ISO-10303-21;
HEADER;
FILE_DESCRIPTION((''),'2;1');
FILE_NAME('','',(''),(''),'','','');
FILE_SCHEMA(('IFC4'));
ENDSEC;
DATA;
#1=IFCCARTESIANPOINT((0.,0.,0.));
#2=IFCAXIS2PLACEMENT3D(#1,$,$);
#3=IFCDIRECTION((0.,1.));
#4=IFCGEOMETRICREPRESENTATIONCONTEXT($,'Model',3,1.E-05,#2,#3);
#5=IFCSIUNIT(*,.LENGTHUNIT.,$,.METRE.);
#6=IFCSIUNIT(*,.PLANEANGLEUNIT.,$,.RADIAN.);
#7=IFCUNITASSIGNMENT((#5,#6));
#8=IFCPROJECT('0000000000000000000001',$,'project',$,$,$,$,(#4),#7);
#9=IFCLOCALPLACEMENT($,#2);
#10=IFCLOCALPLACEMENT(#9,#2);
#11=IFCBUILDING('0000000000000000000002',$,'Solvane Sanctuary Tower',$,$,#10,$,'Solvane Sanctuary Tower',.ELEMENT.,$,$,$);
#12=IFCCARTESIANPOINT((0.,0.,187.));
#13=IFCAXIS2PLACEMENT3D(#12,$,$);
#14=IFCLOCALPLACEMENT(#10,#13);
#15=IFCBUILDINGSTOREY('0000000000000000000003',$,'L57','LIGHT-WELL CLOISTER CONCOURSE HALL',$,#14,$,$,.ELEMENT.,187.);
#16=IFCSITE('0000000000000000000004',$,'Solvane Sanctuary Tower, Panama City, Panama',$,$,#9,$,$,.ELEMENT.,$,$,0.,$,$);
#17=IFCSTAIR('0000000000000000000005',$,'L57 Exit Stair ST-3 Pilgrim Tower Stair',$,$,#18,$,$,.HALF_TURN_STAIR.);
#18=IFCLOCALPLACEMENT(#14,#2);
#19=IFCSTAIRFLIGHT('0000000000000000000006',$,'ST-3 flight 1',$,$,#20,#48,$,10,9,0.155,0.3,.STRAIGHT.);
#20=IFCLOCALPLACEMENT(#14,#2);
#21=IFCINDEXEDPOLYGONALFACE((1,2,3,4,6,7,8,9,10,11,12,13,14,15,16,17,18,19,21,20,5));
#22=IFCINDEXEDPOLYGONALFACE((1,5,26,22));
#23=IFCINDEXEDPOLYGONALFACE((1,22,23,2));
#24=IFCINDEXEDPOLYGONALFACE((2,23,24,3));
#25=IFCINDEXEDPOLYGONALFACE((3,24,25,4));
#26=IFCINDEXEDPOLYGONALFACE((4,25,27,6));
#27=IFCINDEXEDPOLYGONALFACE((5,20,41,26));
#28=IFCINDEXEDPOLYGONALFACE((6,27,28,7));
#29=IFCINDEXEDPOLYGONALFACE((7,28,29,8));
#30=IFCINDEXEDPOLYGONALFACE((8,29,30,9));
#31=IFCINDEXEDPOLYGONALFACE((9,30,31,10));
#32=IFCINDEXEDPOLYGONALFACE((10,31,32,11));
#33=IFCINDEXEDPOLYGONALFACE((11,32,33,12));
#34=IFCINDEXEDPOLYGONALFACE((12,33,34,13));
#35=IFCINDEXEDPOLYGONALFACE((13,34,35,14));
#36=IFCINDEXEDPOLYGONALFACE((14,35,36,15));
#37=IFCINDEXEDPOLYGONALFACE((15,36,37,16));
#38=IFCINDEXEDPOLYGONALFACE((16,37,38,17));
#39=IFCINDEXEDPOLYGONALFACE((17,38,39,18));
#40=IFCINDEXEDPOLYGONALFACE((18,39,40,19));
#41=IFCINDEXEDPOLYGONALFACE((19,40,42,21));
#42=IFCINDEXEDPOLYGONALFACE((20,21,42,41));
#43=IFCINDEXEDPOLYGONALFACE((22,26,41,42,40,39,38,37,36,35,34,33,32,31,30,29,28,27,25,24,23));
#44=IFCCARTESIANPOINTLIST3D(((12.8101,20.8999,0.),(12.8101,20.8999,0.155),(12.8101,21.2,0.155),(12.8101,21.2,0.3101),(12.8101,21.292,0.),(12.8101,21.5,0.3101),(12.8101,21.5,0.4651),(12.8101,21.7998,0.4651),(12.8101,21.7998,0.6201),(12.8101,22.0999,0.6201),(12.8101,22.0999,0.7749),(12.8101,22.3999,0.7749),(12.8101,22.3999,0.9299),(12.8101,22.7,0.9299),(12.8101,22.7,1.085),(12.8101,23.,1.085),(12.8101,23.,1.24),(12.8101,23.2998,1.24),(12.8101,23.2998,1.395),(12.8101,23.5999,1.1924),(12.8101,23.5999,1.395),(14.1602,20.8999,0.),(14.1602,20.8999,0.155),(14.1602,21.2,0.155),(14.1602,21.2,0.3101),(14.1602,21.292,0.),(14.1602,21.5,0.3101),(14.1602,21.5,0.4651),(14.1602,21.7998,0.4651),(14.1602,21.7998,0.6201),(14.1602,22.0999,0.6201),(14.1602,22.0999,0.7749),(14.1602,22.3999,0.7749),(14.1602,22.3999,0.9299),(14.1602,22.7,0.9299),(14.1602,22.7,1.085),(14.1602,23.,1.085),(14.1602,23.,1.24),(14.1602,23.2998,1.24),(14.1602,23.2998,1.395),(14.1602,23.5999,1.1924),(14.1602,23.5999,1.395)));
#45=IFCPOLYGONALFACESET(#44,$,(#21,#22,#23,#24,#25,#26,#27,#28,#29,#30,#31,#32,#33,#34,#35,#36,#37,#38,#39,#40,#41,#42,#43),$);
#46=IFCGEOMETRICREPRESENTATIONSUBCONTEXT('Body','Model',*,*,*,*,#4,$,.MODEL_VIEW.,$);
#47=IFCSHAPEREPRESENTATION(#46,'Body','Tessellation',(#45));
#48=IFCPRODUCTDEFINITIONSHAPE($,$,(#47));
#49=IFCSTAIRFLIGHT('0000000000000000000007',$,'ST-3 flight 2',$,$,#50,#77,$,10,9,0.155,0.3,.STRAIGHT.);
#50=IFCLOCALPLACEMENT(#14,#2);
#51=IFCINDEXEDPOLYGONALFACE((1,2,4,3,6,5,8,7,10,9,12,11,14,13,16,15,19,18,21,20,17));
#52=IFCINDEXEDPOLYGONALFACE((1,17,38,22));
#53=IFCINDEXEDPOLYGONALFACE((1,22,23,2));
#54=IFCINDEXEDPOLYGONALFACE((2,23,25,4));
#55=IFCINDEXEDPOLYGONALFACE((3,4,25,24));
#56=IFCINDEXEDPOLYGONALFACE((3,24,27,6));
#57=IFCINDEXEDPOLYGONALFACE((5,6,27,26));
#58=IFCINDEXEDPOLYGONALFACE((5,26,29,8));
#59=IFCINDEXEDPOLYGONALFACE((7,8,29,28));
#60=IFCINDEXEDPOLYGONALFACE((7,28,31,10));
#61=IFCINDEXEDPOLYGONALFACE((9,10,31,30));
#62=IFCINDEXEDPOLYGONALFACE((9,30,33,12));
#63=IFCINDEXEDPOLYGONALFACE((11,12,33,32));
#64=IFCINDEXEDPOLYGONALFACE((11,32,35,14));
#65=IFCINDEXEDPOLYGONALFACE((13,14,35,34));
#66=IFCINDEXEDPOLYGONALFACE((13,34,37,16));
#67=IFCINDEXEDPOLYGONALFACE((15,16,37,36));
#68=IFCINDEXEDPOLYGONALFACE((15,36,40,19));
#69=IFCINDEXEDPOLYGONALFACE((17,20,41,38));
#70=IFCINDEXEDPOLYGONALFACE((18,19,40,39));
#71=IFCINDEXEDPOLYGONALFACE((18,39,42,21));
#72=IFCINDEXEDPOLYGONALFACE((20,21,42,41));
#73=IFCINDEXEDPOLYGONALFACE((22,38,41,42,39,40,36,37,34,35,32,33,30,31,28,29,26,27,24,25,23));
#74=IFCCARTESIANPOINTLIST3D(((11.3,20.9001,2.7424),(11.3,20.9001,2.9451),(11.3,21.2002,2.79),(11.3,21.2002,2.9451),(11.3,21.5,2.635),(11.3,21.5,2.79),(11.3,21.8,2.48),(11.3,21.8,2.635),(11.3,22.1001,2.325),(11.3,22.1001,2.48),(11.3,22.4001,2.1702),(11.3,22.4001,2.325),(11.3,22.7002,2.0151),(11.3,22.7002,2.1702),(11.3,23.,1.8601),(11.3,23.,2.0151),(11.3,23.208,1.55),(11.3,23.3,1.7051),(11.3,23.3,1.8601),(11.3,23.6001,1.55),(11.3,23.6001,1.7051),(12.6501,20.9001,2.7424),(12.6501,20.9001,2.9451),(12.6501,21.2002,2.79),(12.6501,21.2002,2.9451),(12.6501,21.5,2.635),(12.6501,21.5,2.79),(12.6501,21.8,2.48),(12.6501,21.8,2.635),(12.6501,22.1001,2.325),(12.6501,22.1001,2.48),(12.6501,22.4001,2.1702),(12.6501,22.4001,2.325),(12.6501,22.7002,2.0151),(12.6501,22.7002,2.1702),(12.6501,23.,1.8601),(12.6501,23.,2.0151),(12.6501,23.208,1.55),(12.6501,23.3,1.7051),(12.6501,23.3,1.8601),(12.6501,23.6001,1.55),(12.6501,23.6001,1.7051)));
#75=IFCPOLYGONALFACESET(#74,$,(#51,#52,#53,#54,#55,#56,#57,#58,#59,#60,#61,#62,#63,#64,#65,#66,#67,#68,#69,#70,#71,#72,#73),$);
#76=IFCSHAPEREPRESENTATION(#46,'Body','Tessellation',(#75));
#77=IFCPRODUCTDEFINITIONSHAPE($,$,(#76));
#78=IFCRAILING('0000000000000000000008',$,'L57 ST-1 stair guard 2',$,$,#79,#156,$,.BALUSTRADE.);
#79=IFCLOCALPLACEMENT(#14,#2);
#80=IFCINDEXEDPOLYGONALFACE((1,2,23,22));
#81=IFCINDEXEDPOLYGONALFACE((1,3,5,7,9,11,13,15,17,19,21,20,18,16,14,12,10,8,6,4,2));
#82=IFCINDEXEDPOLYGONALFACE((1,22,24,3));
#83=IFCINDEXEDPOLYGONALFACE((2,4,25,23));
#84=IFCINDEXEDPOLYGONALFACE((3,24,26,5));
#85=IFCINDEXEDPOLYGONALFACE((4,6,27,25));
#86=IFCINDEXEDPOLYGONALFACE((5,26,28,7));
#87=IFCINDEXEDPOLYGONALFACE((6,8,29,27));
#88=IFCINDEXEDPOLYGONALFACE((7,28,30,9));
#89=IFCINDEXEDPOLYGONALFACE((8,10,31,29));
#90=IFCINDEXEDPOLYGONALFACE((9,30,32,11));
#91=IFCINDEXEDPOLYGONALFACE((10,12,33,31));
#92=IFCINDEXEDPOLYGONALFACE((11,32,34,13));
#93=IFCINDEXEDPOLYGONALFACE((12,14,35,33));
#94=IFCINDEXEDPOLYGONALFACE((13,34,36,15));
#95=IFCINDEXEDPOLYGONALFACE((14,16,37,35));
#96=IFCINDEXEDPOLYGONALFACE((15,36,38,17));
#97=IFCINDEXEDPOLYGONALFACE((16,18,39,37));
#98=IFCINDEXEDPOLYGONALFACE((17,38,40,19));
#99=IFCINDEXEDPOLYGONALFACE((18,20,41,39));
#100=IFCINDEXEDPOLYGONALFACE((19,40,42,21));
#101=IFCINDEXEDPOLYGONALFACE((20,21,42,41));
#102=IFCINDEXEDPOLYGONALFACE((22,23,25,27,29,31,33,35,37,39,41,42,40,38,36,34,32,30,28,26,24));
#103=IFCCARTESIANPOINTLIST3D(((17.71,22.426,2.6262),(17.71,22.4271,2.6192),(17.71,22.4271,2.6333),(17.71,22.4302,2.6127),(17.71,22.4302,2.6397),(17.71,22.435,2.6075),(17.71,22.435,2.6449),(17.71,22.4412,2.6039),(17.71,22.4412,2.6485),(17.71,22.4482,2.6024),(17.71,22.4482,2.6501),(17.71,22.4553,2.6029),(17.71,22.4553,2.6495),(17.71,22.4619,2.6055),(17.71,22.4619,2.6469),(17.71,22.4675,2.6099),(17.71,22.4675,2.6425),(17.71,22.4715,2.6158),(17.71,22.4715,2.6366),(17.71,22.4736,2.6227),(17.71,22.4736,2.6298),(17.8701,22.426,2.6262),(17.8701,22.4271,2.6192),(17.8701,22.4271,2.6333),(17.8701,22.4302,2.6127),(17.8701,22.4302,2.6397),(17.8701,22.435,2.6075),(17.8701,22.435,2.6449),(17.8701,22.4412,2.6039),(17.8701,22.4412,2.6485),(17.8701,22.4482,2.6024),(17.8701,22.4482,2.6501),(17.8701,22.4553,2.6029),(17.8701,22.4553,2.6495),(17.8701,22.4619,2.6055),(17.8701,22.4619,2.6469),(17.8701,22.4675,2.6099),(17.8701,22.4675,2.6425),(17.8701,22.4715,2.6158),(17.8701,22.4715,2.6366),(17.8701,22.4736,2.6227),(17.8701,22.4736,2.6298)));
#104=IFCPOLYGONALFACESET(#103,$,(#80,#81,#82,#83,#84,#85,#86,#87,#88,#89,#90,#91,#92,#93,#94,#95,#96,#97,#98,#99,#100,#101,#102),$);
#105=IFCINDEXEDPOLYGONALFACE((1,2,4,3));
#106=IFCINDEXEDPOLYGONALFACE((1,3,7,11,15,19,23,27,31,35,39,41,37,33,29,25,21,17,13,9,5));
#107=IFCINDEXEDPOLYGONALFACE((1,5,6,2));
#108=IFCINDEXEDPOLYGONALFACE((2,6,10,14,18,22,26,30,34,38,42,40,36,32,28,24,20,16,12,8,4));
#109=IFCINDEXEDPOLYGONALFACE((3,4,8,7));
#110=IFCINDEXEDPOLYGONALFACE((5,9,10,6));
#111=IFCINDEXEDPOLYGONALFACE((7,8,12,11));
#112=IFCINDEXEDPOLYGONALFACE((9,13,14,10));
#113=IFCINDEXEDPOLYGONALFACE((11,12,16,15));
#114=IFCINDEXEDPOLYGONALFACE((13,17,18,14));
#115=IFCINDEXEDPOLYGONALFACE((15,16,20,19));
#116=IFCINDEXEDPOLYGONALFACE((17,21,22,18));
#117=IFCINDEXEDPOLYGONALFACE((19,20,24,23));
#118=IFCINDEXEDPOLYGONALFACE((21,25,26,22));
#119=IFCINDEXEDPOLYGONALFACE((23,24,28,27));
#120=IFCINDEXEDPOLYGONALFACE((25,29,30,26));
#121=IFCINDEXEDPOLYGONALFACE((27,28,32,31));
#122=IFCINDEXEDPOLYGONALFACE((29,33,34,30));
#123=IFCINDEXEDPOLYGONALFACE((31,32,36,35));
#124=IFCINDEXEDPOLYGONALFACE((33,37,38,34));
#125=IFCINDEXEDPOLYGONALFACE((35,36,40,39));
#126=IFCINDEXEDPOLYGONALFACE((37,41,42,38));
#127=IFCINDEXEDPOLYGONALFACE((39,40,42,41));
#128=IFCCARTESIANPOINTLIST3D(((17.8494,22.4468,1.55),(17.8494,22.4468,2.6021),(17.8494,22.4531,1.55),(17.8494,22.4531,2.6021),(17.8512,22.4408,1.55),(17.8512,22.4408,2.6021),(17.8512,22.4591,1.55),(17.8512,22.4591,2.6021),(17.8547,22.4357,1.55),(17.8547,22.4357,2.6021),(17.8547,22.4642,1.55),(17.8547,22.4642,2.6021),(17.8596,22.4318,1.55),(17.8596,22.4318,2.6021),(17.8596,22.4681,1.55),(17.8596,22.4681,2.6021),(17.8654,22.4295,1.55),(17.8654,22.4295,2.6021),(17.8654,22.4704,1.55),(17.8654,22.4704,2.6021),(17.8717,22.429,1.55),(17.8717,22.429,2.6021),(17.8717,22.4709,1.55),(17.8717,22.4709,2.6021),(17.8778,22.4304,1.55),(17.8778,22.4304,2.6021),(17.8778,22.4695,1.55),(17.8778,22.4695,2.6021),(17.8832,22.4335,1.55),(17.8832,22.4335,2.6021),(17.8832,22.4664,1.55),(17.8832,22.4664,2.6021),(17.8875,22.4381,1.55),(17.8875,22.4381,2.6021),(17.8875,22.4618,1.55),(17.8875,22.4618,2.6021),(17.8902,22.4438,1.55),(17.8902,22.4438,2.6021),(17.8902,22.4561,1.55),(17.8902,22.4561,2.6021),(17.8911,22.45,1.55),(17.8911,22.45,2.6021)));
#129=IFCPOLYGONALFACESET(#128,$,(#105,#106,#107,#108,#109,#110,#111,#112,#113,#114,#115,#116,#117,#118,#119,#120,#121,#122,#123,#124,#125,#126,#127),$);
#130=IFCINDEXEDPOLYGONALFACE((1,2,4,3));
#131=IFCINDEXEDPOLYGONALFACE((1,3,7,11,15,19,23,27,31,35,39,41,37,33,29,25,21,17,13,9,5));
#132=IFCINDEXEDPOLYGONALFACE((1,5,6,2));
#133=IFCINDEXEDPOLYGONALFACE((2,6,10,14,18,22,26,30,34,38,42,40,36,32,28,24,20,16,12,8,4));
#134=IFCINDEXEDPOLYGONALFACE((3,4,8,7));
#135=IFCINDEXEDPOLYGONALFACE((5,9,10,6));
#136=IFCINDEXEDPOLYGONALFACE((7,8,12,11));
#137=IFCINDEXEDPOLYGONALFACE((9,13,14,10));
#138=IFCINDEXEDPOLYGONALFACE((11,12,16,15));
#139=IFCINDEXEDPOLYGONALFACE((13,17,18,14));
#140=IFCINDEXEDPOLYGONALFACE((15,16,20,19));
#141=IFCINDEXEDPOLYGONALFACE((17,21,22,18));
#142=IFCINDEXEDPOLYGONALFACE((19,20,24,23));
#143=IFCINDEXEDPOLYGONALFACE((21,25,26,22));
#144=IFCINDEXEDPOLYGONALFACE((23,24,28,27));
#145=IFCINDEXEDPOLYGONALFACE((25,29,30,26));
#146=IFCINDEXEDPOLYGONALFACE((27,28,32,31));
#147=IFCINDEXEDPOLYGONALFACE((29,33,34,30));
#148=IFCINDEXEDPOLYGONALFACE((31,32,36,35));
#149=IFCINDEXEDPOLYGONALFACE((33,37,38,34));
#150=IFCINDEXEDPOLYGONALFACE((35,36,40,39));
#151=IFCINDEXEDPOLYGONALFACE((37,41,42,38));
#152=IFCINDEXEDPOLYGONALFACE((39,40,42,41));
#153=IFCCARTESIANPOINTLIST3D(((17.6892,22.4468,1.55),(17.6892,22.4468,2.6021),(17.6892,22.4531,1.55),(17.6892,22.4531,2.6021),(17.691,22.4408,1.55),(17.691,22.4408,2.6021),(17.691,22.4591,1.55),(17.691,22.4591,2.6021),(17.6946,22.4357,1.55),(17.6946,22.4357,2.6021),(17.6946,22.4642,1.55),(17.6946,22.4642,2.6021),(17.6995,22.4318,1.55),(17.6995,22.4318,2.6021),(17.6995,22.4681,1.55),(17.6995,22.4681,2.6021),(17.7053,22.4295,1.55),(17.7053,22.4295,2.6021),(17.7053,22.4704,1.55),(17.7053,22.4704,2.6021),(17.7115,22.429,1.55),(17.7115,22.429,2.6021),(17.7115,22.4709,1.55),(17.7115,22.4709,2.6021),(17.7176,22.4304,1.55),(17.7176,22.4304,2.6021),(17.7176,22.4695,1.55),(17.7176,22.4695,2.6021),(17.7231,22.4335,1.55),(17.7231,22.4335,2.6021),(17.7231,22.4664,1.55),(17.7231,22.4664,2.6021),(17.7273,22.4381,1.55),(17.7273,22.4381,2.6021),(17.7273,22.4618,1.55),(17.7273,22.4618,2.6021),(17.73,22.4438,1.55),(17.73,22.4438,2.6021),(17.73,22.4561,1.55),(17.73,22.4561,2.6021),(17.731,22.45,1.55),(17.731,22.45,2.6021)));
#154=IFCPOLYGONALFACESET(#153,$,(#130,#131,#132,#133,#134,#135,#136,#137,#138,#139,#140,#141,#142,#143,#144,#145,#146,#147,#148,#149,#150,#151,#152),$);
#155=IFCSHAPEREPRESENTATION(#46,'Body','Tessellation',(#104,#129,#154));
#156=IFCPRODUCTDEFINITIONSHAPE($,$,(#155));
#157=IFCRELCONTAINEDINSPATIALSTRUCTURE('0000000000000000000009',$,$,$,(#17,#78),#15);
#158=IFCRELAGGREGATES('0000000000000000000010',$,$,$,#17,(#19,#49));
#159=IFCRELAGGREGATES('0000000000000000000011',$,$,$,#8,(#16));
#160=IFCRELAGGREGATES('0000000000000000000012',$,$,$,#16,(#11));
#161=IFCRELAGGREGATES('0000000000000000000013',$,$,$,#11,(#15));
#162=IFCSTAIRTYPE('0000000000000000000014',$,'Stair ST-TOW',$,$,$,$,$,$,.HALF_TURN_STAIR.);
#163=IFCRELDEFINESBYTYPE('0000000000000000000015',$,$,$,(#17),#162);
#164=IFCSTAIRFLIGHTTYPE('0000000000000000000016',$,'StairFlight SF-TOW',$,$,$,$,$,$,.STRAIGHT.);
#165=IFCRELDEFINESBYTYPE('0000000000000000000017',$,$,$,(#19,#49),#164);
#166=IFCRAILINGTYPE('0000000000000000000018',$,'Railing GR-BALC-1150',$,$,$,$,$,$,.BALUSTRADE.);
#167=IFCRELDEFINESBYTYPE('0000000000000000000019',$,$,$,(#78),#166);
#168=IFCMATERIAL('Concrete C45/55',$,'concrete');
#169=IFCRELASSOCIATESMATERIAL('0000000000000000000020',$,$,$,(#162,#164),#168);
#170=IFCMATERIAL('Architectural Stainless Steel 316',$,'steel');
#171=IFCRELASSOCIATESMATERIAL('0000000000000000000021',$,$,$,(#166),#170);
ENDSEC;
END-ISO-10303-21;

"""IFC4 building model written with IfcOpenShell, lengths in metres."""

from ifc_helpers import new_model, si_unit, direction, frame, origin, origin_2d, place, context, subcontext, project, spatial, polyline, circle, outline, extrude, material, type_object, element, aggregate, save


model = new_model("IFC4")

# Units and contexts
model_context = context("Model", 3, precision=1e-05, world=origin(), true_north=direction((0.0, 1.0)))
body_context = subcontext(model_context, "Body", "Model", "MODEL_VIEW")
ifc_project = project(units=[si_unit("LENGTHUNIT", "METRE"), si_unit("PLANEANGLEUNIT", "RADIAN")], contexts=[model_context])

# Site, building, storey
site_placement = place(None, origin())
site = spatial("IfcSite", under=ifc_project, at=site_placement, Name="Solvane Sanctuary Tower, Panama City, Panama", CompositionType="ELEMENT", RefElevation=0.0)
building_placement = place(site_placement, origin())
building = spatial("IfcBuilding", under=site, at=building_placement, Name="Solvane Sanctuary Tower", LongName="Solvane Sanctuary Tower", CompositionType="ELEMENT")
storey_placement = place(building_placement, frame((0.0, 0.0, 187.0)))
storey = spatial("IfcBuildingStorey", under=building, at=storey_placement, Name="L57", Description="LIGHT-WELL CLOISTER CONCOURSE HALL", CompositionType="ELEMENT", Elevation=187.0)

# Shared definitions
ifc_material_1 = material(Name="Concrete C45/55", Category="concrete")
stair_type = type_object("IfcStairType", Name="Stair ST-TOW", PredefinedType="HALF_TURN_STAIR", material=ifc_material_1)
stair_flight_type = type_object("IfcStairFlightType", Name="StairFlight SF-TOW", PredefinedType="STRAIGHT", material=ifc_material_1)

# Stair, stair flights
stair_1_placement = place(storey_placement, origin())
stair_1 = element("IfcStair", 1, at=stair_1_placement, inside=storey, type_object=stair_type, Name="L57 Exit Stair ST-3 Pilgrim Tower Stair", PredefinedType="HALF_TURN_STAIR")
stair_flight_1_placement = place(storey_placement, frame((13.4851, 20.8999, 0.0), z_axis=(0.0, 0.0, 1.0), x_axis=(0.0, 1.0, 0.0)))
stair_flight_1 = element("IfcStairFlight", 2, at=stair_flight_1_placement, type_object=stair_flight_type, Name="ST-3 flight 1", NumberOfRisers=10, NumberOfTreads=9, PredefinedType="STRAIGHT", RiserHeight=0.155, TreadLength=0.3, context=body_context, shape_type="SweptSolid", body=[
    extrude(outline(polyline([(0.0, 0.0), (0.0, 0.155), (0.3, 0.155), (0.3, 0.3101), (0.6001, 0.3101), (0.6001, 0.4651), (0.8999, 0.4651), (0.8999, 0.6201), (1.2, 0.6201), (1.2, 0.7749), (1.5, 0.7749), (1.5, 0.9299), (1.8, 0.9299), (1.8, 1.085), (2.1001, 1.085), (2.1001, 1.24), (2.3999, 1.24), (2.3999, 1.395), (2.7, 1.395), (2.7, 1.55), (2.7, 1.1924), (0.3921, 0.0), (0.0, 0.0)])), frame((0.0, 0.675, 0.0), z_axis=(0.0, -1.0, 0.0), x_axis=(1.0, 0.0, 0.0)), (0.0, 0.0, 1.0), 1.3501),
])
stair_flight_2_placement = place(storey_placement, frame((11.9751, 23.6001, 1.55), z_axis=(0.0, 0.0, 1.0), x_axis=(0.0, -1.0, 0.0)))
stair_flight_2 = element("IfcStairFlight", 3, at=stair_flight_2_placement, type_object=stair_flight_type, Name="ST-3 flight 2", NumberOfRisers=10, NumberOfTreads=9, PredefinedType="STRAIGHT", RiserHeight=0.155, TreadLength=0.3, context=body_context, shape_type="SweptSolid", body=[
    extrude(outline(polyline([(0.0, 0.0), (0.0, 0.155), (0.3, 0.155), (0.3, 0.3101), (0.6001, 0.3101), (0.6001, 0.4651), (0.8999, 0.4651), (0.8999, 0.6201), (1.2, 0.6201), (1.2, 0.7749), (1.5, 0.7749), (1.5, 0.9299), (1.8, 0.9299), (1.8, 1.085), (2.1001, 1.085), (2.1001, 1.24), (2.3999, 1.24), (2.3999, 1.395), (2.7, 1.395), (2.7, 1.55), (2.7, 1.1924), (0.3921, 0.0), (0.0, 0.0)])), frame((0.0, 0.675, 0.0), z_axis=(0.0, -1.0, 0.0), x_axis=(1.0, 0.0, 0.0)), (0.0, 0.0, 1.0), 1.3501),
])
aggregate(stair_1, [stair_flight_1, stair_flight_2])

# Railing
ifc_material_2 = material(Name="Architectural Stainless Steel 316", Category="steel")
railing_type_1 = type_object("IfcRailingType", Name="Railing GR-BALC-1150", PredefinedType="BALUSTRADE", material=ifc_material_2)
railing_1_placement = place(storey_placement, frame((17.8701, 22.45, 1.55)))
element("IfcRailing", 4, at=railing_1_placement, inside=storey, type_object=railing_type_1, Name="L57 ST-1 stair guard 2", PredefinedType="BALUSTRADE", context=body_context, shape_type="SweptSolid", body=[
    extrude(circle(Radius=0.0239, at=origin_2d()), frame((0.0, 0.0, 1.0762), z_axis=(-1.0, 0.0, 0.0), x_axis=(0.0, -1.0, 0.0)), (0.0, 0.0, 1.0), 0.1602),
    extrude(circle(Radius=0.021, at=origin_2d()), origin(), (0.0, 0.0, 1.0), 1.052),
    extrude(circle(Radius=0.021, at=origin_2d()), frame((-0.1602, 0.0, 0.0)), (0.0, 0.0, 1.0), 1.052),
])

save(model, "model.ifc")
